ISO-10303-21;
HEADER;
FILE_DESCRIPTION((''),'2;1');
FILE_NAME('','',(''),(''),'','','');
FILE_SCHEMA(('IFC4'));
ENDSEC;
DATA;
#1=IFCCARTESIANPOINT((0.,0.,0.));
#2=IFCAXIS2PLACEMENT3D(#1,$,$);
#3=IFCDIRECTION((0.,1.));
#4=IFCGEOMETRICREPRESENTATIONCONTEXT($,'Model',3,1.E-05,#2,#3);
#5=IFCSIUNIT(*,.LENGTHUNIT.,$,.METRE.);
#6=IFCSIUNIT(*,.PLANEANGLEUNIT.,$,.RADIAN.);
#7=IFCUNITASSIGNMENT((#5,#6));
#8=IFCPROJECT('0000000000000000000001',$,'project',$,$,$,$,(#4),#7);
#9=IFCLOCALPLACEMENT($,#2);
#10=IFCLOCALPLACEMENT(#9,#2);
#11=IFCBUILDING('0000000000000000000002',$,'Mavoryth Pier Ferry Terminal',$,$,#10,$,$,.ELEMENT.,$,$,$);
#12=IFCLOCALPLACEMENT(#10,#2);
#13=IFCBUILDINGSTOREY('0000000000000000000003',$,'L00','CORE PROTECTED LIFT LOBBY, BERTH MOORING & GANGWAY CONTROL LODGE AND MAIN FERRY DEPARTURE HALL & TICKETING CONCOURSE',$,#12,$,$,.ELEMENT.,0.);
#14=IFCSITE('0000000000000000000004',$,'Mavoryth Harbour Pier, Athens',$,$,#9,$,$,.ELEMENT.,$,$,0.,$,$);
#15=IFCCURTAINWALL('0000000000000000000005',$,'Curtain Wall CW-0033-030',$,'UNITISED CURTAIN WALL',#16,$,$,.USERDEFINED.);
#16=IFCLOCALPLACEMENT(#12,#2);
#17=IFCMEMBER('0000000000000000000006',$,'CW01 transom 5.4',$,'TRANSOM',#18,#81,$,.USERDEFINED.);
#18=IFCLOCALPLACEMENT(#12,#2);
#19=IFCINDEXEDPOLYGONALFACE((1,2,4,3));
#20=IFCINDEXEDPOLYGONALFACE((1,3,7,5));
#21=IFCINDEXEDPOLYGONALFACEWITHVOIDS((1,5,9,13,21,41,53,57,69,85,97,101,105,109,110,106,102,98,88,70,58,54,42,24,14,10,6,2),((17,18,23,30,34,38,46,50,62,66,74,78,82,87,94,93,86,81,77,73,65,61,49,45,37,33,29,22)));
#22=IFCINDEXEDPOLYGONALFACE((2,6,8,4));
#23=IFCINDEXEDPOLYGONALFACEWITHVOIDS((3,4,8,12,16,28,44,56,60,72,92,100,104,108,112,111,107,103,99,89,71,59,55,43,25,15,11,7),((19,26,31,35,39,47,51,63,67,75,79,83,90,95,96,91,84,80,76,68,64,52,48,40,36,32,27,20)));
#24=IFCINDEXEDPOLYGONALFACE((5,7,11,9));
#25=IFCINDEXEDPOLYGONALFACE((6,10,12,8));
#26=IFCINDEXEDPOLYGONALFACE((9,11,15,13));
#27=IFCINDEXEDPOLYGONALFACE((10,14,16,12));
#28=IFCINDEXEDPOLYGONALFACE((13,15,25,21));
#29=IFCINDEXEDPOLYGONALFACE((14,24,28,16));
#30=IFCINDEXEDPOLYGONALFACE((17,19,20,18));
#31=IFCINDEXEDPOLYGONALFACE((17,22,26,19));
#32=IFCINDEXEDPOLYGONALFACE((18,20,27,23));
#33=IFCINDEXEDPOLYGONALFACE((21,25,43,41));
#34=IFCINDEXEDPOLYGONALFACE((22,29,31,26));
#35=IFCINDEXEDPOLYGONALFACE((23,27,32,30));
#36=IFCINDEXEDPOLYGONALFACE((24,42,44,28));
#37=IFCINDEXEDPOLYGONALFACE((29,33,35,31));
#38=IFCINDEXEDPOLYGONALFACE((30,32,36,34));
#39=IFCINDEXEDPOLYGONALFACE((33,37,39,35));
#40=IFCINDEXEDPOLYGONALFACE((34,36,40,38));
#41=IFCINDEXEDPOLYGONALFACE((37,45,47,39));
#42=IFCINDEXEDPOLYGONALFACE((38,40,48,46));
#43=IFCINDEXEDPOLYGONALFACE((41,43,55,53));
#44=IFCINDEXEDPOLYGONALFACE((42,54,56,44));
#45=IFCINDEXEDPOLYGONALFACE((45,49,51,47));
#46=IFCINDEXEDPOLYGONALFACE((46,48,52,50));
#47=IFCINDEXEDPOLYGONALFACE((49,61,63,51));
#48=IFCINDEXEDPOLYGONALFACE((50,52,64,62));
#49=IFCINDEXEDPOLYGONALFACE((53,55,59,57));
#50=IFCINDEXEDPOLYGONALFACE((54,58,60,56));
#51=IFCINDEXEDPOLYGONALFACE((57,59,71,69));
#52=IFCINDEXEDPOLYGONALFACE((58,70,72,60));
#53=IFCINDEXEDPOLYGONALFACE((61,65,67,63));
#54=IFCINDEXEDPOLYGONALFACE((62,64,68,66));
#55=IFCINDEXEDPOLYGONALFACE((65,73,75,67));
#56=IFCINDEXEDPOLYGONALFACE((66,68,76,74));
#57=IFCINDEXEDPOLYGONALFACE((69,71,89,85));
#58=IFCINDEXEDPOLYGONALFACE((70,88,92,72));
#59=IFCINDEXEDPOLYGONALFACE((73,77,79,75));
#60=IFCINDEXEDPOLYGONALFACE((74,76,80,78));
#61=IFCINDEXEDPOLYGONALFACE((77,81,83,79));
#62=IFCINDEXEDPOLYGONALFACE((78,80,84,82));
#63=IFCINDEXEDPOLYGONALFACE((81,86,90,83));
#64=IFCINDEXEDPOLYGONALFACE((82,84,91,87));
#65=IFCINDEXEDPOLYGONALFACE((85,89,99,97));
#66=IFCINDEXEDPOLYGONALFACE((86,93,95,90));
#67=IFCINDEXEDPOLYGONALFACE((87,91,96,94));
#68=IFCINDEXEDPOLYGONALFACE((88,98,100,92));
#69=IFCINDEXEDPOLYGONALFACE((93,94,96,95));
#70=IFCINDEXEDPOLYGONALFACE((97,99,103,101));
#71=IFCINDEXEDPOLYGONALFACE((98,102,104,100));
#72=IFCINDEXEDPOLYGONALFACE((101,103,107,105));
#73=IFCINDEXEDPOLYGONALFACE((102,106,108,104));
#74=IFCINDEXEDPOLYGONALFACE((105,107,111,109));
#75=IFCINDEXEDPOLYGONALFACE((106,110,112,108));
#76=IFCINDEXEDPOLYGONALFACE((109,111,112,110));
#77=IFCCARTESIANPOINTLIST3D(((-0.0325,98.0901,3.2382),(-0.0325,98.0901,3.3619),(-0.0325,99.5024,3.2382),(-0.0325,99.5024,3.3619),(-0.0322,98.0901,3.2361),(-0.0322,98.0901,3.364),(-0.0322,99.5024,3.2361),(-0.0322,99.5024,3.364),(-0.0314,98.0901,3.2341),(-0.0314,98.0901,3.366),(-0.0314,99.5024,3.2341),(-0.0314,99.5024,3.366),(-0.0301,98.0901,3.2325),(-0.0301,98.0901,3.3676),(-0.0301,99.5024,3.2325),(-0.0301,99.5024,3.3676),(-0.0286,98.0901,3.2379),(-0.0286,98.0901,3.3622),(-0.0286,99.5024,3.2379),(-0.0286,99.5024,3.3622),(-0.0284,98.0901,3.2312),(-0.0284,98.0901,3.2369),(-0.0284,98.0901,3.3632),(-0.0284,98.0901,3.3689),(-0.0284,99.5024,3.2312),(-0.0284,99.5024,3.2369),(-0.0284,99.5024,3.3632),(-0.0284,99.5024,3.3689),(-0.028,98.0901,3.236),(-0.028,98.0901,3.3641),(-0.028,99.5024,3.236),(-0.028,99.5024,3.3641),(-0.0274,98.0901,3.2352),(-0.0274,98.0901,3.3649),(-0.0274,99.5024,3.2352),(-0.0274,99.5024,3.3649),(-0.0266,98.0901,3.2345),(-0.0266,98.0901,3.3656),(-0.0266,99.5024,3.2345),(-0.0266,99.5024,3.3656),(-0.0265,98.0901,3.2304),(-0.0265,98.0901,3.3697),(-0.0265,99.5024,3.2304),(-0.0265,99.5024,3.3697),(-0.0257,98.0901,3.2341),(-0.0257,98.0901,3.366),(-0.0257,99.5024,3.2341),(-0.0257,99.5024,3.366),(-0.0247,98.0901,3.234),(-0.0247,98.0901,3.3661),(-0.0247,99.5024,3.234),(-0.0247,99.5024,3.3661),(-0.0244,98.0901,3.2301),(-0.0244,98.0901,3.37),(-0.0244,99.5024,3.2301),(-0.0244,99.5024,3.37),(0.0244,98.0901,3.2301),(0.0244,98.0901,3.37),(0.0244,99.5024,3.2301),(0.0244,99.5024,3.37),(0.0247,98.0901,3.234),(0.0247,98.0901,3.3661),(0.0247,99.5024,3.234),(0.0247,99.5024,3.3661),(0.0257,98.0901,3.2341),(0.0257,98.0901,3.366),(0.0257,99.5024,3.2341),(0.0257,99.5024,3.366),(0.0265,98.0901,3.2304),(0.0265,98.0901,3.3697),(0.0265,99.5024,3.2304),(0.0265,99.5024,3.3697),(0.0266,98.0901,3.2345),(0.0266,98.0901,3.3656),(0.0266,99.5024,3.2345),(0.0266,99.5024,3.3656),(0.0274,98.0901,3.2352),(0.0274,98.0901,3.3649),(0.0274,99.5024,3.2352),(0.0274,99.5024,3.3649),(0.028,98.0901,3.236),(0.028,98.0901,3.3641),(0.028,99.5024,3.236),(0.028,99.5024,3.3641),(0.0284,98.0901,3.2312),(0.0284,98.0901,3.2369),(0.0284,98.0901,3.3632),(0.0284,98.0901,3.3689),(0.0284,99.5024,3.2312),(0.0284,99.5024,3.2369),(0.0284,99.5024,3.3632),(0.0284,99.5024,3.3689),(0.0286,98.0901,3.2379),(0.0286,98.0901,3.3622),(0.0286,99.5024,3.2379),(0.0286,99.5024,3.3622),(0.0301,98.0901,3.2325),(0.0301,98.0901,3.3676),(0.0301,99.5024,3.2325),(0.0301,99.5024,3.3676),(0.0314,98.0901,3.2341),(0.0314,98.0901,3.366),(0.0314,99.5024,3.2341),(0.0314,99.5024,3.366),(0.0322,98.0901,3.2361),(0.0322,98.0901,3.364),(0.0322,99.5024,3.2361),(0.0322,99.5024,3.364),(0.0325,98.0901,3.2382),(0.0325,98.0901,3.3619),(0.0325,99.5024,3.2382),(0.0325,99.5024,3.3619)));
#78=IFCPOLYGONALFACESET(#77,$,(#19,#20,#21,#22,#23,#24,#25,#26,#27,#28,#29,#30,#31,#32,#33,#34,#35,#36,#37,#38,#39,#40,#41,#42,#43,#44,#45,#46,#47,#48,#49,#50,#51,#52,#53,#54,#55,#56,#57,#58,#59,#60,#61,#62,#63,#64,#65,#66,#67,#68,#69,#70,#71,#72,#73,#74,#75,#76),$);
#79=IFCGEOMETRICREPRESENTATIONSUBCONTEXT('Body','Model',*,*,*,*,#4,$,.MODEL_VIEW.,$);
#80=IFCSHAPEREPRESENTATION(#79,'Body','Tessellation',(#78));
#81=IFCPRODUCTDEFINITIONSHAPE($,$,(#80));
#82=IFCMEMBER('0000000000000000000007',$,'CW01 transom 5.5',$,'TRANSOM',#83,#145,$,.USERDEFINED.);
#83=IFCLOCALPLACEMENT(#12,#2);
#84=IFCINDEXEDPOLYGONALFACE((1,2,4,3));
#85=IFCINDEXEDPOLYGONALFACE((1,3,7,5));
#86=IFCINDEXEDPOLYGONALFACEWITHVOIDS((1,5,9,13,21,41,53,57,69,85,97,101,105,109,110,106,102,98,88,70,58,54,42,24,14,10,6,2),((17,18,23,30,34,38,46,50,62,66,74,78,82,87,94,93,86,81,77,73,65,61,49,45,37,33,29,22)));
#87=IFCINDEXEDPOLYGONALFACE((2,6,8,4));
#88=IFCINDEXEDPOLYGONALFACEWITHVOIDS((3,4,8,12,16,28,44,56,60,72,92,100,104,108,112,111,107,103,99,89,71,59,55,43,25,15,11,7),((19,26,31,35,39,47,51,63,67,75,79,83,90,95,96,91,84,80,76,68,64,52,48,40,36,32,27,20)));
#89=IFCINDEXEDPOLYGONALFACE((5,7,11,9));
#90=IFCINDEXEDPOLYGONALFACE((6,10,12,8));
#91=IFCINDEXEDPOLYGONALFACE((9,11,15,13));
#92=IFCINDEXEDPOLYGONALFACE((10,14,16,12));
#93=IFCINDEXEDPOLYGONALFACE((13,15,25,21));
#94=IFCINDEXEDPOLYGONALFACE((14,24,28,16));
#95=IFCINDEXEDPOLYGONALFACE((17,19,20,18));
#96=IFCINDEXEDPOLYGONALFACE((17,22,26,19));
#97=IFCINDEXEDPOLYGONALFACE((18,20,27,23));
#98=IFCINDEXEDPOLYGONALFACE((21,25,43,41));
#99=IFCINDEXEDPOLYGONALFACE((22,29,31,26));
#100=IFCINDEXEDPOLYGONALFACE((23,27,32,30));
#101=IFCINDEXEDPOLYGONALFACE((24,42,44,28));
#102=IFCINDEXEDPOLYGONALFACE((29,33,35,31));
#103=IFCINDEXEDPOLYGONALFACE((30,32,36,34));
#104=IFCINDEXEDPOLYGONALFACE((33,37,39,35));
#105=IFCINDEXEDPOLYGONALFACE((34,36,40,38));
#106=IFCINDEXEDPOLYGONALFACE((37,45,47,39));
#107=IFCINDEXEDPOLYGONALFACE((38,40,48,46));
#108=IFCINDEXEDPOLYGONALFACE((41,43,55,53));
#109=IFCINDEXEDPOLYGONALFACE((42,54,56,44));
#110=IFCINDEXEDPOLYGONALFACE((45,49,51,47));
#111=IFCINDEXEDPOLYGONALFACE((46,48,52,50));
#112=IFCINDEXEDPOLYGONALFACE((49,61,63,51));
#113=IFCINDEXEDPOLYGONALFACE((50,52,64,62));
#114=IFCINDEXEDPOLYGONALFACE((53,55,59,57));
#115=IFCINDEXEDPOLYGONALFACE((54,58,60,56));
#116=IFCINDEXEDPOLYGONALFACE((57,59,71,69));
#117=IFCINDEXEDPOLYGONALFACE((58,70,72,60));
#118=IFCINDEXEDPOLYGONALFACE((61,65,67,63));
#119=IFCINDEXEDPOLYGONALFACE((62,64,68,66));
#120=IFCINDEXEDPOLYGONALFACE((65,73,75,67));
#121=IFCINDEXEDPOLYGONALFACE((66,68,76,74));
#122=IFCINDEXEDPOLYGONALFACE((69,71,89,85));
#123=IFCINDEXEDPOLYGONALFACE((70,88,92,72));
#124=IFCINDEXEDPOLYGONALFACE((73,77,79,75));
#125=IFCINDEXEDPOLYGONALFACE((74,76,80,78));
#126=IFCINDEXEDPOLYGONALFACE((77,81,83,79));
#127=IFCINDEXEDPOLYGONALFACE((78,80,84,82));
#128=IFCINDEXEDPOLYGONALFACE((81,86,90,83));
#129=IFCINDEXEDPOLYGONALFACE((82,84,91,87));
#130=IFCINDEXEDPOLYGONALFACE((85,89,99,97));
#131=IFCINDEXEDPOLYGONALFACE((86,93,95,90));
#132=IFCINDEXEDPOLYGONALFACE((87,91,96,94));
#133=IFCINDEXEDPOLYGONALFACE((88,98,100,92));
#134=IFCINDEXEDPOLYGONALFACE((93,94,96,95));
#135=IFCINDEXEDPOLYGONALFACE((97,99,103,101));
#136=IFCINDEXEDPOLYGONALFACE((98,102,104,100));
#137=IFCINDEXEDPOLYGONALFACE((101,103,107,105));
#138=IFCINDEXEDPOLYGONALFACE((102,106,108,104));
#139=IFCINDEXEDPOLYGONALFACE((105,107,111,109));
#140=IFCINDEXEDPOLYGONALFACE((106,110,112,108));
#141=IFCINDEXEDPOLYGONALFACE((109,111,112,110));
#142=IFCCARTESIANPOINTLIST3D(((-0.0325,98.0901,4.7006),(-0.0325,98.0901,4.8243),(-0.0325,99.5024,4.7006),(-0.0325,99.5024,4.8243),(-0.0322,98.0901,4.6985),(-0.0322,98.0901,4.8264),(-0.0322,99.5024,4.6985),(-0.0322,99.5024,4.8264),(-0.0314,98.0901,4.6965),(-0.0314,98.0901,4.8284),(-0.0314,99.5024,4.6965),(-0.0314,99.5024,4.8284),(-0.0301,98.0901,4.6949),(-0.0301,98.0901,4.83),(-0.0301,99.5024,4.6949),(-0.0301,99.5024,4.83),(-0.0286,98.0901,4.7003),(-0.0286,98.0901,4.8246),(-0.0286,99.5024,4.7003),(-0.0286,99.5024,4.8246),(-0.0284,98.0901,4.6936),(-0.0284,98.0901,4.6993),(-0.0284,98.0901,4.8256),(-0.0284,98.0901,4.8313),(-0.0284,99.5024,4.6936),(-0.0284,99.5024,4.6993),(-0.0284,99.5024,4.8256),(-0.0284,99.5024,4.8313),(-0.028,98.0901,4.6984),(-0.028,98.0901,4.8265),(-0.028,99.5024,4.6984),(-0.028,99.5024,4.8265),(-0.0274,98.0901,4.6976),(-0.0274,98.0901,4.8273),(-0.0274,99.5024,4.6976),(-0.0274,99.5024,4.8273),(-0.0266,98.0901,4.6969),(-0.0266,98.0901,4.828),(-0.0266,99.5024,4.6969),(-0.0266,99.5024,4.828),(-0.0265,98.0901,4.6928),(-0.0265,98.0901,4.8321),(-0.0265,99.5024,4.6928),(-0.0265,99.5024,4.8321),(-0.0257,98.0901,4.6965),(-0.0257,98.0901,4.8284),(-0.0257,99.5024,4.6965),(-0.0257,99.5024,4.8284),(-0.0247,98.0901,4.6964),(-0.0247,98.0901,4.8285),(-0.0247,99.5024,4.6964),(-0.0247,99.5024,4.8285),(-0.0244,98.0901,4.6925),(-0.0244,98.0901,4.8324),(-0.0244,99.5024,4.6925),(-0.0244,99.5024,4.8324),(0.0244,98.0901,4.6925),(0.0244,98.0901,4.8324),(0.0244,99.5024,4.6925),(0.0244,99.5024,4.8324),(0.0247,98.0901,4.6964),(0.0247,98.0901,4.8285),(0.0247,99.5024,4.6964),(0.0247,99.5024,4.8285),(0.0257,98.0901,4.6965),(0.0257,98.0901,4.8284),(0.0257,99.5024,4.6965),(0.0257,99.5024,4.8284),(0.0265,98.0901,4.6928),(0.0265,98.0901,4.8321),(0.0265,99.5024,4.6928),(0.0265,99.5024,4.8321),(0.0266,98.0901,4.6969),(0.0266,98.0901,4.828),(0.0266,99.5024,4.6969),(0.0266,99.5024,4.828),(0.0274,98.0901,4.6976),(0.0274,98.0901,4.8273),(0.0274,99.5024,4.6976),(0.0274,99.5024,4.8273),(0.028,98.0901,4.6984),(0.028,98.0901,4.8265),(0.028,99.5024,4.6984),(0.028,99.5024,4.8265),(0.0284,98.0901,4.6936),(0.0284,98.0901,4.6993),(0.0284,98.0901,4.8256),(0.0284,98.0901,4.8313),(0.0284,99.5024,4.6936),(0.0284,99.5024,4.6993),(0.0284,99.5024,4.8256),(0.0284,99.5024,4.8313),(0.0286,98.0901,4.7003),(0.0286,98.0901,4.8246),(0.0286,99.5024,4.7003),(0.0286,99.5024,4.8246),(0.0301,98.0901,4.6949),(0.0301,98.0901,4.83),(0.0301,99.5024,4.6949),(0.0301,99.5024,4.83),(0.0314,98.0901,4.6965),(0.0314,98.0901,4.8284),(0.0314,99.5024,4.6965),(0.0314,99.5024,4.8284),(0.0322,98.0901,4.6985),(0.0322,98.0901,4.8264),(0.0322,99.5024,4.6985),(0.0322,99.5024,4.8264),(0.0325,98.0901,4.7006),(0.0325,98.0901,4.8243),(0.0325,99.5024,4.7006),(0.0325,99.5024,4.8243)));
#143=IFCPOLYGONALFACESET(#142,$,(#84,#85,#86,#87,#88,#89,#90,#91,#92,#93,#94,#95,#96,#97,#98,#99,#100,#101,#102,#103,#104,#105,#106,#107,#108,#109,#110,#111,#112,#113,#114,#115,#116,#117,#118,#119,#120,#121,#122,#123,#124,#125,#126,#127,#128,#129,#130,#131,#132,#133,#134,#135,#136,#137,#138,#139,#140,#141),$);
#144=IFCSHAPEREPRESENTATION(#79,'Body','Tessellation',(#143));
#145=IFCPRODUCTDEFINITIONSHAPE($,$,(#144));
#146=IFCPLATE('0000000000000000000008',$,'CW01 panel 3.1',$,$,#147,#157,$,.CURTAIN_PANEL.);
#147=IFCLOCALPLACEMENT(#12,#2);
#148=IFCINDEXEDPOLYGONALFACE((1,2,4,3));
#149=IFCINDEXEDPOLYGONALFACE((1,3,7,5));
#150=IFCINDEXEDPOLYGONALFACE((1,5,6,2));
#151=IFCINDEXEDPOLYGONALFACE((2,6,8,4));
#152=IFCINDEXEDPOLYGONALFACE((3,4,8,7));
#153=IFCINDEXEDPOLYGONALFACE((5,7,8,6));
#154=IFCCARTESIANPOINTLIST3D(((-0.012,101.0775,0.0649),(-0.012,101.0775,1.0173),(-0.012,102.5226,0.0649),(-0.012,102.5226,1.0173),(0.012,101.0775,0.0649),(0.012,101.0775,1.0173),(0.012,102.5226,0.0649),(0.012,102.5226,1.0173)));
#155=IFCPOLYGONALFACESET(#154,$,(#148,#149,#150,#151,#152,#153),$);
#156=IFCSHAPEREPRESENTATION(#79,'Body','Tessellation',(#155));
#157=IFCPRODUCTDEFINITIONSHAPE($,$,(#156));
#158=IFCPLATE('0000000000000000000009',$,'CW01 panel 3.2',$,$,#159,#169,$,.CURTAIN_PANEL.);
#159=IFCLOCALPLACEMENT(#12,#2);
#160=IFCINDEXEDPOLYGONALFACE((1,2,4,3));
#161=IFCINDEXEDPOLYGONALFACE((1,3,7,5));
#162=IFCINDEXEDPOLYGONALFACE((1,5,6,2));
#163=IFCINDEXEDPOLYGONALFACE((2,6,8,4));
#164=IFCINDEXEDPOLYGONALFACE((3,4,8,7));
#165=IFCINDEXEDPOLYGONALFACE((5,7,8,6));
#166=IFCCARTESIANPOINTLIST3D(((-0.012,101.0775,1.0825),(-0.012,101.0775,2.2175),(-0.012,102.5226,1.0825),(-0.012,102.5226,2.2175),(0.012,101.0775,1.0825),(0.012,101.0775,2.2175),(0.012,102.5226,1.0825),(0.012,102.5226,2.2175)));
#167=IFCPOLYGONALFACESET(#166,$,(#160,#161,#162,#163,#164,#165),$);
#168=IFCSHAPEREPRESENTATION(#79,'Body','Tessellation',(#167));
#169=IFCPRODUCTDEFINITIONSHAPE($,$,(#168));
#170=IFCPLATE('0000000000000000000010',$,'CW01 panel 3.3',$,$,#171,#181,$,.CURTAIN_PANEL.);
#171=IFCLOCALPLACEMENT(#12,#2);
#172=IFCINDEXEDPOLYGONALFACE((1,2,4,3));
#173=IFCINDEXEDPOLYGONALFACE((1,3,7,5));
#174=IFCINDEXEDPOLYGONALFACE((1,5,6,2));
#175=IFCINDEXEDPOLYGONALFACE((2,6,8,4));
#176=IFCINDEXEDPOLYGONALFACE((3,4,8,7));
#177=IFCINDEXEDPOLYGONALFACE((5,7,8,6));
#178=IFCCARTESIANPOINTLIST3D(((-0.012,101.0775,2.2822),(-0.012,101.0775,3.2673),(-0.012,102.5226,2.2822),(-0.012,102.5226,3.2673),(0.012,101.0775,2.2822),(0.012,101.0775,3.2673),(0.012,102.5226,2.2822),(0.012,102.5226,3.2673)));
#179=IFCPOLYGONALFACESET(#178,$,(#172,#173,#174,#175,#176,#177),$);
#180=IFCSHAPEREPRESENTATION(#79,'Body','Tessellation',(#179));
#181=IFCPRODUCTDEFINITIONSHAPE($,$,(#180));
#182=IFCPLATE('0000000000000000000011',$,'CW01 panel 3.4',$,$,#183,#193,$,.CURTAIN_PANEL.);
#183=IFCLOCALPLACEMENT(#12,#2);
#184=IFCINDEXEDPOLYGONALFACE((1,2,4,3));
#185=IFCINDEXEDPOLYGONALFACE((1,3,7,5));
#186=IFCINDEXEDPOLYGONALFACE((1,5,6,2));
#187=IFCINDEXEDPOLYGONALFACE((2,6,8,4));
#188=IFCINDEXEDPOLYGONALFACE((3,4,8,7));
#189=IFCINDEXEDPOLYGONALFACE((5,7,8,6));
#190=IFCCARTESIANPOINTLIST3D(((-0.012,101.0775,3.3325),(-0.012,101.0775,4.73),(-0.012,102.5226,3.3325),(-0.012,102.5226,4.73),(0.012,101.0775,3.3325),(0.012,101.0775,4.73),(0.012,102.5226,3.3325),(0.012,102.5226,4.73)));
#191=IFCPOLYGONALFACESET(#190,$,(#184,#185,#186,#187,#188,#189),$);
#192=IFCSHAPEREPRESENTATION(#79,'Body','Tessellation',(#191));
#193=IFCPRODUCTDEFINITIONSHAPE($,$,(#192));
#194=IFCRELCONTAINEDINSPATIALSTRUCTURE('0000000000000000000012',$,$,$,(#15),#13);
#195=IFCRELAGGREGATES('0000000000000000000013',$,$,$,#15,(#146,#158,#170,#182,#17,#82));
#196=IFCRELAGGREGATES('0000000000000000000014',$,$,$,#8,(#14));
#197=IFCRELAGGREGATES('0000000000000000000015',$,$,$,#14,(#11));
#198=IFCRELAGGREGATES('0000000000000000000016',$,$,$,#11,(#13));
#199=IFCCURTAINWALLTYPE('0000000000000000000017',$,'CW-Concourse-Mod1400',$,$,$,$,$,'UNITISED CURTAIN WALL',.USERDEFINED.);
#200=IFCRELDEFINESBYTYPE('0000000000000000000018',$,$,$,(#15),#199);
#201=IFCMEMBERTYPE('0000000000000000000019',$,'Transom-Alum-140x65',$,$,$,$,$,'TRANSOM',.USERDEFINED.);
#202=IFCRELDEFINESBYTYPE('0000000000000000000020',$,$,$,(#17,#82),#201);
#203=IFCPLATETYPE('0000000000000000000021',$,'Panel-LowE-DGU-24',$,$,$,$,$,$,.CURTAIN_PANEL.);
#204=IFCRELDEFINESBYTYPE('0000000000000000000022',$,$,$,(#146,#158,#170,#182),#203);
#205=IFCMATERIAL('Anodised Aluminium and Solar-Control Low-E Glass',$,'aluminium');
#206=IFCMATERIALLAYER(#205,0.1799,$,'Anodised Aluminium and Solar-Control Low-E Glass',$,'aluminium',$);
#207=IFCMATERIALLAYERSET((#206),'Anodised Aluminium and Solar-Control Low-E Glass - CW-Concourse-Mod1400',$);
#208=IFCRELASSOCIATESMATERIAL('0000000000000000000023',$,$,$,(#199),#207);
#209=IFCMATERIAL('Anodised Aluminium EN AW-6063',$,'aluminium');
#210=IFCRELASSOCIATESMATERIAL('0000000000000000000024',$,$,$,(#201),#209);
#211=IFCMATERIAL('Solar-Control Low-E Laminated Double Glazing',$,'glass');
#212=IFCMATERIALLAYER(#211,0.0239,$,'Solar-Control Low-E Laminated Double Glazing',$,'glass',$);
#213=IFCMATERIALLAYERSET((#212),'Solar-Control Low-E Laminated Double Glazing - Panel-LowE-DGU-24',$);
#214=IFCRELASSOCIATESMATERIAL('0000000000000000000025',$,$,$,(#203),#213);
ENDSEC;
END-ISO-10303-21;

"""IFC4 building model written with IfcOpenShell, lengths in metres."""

from ifc_helpers import new_model, si_unit, direction, frame, origin, origin_2d, place, context, subcontext, project, spatial, rectangle, hollow_rectangle, extrude, material, layer, layer_set, material_profile, profile_set, type_object, element, aggregate, save


model = new_model("IFC4")

# Units and contexts
model_context = context("Model", 3, precision=1e-05, world=origin(), true_north=direction((0.0, 1.0)))
body_context = subcontext(model_context, "Body", "Model", "MODEL_VIEW")
ifc_project = project(units=[si_unit("LENGTHUNIT", "METRE"), si_unit("PLANEANGLEUNIT", "RADIAN")], contexts=[model_context])

# Site, building, storey
site_placement = place(None, origin())
site = spatial("IfcSite", under=ifc_project, at=site_placement, Name="Mavoryth Harbour Pier, Athens", CompositionType="ELEMENT", RefElevation=0.0)
building_placement = place(site_placement, origin())
building = spatial("IfcBuilding", under=site, at=building_placement, Name="Mavoryth Pier Ferry Terminal", CompositionType="ELEMENT")
storey_placement = place(building_placement, origin())
storey = spatial("IfcBuildingStorey", under=building, at=storey_placement, Name="L00", Description="CORE PROTECTED LIFT LOBBY, BERTH MOORING & GANGWAY CONTROL LODGE AND MAIN FERRY DEPARTURE HALL & TICKETING CONCOURSE", CompositionType="ELEMENT", Elevation=0.0)

# Curtain wall, members, plates
ifc_material_1 = material(Name="Anodised Aluminium and Solar-Control Low-E Glass", Category="aluminium")
ifc_layer_1 = layer(ifc_material_1, 0.1799, Name="Anodised Aluminium and Solar-Control Low-E Glass", Category="aluminium")
ifc_layer_set_1 = layer_set([ifc_layer_1], Name="Anodised Aluminium and Solar-Control Low-E Glass - CW-Concourse-Mod1400")
curtain_wall_type = type_object("IfcCurtainWallType", Name="CW-Concourse-Mod1400", ElementType="UNITISED CURTAIN WALL", PredefinedType="USERDEFINED", material=ifc_layer_set_1)
curtain_wall_placement = place(storey_placement, origin())
curtain_wall = element("IfcCurtainWall", 1, at=curtain_wall_placement, inside=storey, type_object=curtain_wall_type, Name="Curtain Wall CW-0033-030", ObjectType="UNITISED CURTAIN WALL", PredefinedType="USERDEFINED")
ifc_material_2 = material(Name="Anodised Aluminium EN AW-6063", Category="aluminium")
ifc_material_profile_1 = material_profile(ifc_material_2, hollow_rectangle(XDim=0.0649, YDim=0.1399, WallThickness=0.0039, InnerFilletRadius=0.0039, OuterFilletRadius=0.0081, at=origin_2d()), Name="AL-TRAN 140x65x4", Category="aluminium")
ifc_profile_set_1 = profile_set([ifc_material_profile_1], Name="Anodised Aluminium EN AW-6063 - AL-TRAN 140x65x4")
member_type_1 = type_object("IfcMemberType", Name="Transom-Alum-140x65", ElementType="TRANSOM", PredefinedType="USERDEFINED", material=ifc_profile_set_1)
member_1_placement = place(storey_placement, frame((0.0, 99.5024, 3.3), z_axis=(0.0, -1.0, 0.0), x_axis=(1.0, 0.0, 0.0)))
member_1 = element("IfcMember", 2, at=member_1_placement, type_object=member_type_1, Name="CW01 transom 5.4", ObjectType="TRANSOM", PredefinedType="USERDEFINED", context=body_context, shape_type="SweptSolid", body=[
    extrude(hollow_rectangle(XDim=0.0649, YDim=0.1399, WallThickness=0.0039, InnerFilletRadius=0.0039, OuterFilletRadius=0.0081, at=origin_2d()), origin(), (0.0, 0.0, 1.0), 1.4124),
])
member_2_placement = place(storey_placement, frame((0.0, 99.5024, 4.7625), z_axis=(0.0, -1.0, 0.0), x_axis=(1.0, 0.0, 0.0)))
member_2 = element("IfcMember", 3, at=member_2_placement, type_object=member_type_1, Name="CW01 transom 5.5", ObjectType="TRANSOM", PredefinedType="USERDEFINED", context=body_context, shape_type="SweptSolid", body=[
    extrude(hollow_rectangle(XDim=0.0649, YDim=0.1399, WallThickness=0.0039, InnerFilletRadius=0.0039, OuterFilletRadius=0.0081, at=origin_2d()), origin(), (0.0, 0.0, 1.0), 1.4124),
])
ifc_material_3 = material(Name="Solar-Control Low-E Laminated Double Glazing", Category="glass")
ifc_layer_2 = layer(ifc_material_3, 0.0239, Name="Solar-Control Low-E Laminated Double Glazing", Category="glass")
ifc_layer_set_2 = layer_set([ifc_layer_2], Name="Solar-Control Low-E Laminated Double Glazing - Panel-LowE-DGU-24")
plate_type = type_object("IfcPlateType", Name="Panel-LowE-DGU-24", PredefinedType="CURTAIN_PANEL", material=ifc_layer_set_2)
plate_1_placement = place(storey_placement, frame((0.0, 101.8, 0.0649), z_axis=(0.0, 0.0, 1.0), x_axis=(0.0, -1.0, 0.0)))
plate_1 = element("IfcPlate", 4, at=plate_1_placement, type_object=plate_type, Name="CW01 panel 3.1", PredefinedType="CURTAIN_PANEL", context=body_context, shape_type="SweptSolid", body=[
    extrude(rectangle(XDim=1.4451, YDim=0.0239, at=origin_2d()), origin(), (0.0, 0.0, 1.0), 0.9524),
])
plate_2_placement = place(storey_placement, frame((0.0, 101.8, 1.0825), z_axis=(0.0, 0.0, 1.0), x_axis=(0.0, -1.0, 0.0)))
plate_2 = element("IfcPlate", 5, at=plate_2_placement, type_object=plate_type, Name="CW01 panel 3.2", PredefinedType="CURTAIN_PANEL", context=body_context, shape_type="SweptSolid", body=[
    extrude(rectangle(XDim=1.4451, YDim=0.0239, at=origin_2d()), origin(), (0.0, 0.0, 1.0), 1.135),
])
plate_3_placement = place(storey_placement, frame((0.0, 101.8, 2.2822), z_axis=(0.0, 0.0, 1.0), x_axis=(0.0, -1.0, 0.0)))
plate_3 = element("IfcPlate", 6, at=plate_3_placement, type_object=plate_type, Name="CW01 panel 3.3", PredefinedType="CURTAIN_PANEL", context=body_context, shape_type="SweptSolid", body=[
    extrude(rectangle(XDim=1.4451, YDim=0.0239, at=origin_2d()), origin(), (0.0, 0.0, 1.0), 0.9851),
])
plate_4_placement = place(storey_placement, frame((0.0, 101.8, 3.3325), z_axis=(0.0, 0.0, 1.0), x_axis=(0.0, -1.0, 0.0)))
plate_4 = element("IfcPlate", 7, at=plate_4_placement, type_object=plate_type, Name="CW01 panel 3.4", PredefinedType="CURTAIN_PANEL", context=body_context, shape_type="SweptSolid", body=[
    extrude(rectangle(XDim=1.4451, YDim=0.0239, at=origin_2d()), origin(), (0.0, 0.0, 1.0), 1.3975),
])
aggregate(curtain_wall, [plate_1, plate_2, plate_3, plate_4, member_1, member_2])

save(model, "model.ifc")
